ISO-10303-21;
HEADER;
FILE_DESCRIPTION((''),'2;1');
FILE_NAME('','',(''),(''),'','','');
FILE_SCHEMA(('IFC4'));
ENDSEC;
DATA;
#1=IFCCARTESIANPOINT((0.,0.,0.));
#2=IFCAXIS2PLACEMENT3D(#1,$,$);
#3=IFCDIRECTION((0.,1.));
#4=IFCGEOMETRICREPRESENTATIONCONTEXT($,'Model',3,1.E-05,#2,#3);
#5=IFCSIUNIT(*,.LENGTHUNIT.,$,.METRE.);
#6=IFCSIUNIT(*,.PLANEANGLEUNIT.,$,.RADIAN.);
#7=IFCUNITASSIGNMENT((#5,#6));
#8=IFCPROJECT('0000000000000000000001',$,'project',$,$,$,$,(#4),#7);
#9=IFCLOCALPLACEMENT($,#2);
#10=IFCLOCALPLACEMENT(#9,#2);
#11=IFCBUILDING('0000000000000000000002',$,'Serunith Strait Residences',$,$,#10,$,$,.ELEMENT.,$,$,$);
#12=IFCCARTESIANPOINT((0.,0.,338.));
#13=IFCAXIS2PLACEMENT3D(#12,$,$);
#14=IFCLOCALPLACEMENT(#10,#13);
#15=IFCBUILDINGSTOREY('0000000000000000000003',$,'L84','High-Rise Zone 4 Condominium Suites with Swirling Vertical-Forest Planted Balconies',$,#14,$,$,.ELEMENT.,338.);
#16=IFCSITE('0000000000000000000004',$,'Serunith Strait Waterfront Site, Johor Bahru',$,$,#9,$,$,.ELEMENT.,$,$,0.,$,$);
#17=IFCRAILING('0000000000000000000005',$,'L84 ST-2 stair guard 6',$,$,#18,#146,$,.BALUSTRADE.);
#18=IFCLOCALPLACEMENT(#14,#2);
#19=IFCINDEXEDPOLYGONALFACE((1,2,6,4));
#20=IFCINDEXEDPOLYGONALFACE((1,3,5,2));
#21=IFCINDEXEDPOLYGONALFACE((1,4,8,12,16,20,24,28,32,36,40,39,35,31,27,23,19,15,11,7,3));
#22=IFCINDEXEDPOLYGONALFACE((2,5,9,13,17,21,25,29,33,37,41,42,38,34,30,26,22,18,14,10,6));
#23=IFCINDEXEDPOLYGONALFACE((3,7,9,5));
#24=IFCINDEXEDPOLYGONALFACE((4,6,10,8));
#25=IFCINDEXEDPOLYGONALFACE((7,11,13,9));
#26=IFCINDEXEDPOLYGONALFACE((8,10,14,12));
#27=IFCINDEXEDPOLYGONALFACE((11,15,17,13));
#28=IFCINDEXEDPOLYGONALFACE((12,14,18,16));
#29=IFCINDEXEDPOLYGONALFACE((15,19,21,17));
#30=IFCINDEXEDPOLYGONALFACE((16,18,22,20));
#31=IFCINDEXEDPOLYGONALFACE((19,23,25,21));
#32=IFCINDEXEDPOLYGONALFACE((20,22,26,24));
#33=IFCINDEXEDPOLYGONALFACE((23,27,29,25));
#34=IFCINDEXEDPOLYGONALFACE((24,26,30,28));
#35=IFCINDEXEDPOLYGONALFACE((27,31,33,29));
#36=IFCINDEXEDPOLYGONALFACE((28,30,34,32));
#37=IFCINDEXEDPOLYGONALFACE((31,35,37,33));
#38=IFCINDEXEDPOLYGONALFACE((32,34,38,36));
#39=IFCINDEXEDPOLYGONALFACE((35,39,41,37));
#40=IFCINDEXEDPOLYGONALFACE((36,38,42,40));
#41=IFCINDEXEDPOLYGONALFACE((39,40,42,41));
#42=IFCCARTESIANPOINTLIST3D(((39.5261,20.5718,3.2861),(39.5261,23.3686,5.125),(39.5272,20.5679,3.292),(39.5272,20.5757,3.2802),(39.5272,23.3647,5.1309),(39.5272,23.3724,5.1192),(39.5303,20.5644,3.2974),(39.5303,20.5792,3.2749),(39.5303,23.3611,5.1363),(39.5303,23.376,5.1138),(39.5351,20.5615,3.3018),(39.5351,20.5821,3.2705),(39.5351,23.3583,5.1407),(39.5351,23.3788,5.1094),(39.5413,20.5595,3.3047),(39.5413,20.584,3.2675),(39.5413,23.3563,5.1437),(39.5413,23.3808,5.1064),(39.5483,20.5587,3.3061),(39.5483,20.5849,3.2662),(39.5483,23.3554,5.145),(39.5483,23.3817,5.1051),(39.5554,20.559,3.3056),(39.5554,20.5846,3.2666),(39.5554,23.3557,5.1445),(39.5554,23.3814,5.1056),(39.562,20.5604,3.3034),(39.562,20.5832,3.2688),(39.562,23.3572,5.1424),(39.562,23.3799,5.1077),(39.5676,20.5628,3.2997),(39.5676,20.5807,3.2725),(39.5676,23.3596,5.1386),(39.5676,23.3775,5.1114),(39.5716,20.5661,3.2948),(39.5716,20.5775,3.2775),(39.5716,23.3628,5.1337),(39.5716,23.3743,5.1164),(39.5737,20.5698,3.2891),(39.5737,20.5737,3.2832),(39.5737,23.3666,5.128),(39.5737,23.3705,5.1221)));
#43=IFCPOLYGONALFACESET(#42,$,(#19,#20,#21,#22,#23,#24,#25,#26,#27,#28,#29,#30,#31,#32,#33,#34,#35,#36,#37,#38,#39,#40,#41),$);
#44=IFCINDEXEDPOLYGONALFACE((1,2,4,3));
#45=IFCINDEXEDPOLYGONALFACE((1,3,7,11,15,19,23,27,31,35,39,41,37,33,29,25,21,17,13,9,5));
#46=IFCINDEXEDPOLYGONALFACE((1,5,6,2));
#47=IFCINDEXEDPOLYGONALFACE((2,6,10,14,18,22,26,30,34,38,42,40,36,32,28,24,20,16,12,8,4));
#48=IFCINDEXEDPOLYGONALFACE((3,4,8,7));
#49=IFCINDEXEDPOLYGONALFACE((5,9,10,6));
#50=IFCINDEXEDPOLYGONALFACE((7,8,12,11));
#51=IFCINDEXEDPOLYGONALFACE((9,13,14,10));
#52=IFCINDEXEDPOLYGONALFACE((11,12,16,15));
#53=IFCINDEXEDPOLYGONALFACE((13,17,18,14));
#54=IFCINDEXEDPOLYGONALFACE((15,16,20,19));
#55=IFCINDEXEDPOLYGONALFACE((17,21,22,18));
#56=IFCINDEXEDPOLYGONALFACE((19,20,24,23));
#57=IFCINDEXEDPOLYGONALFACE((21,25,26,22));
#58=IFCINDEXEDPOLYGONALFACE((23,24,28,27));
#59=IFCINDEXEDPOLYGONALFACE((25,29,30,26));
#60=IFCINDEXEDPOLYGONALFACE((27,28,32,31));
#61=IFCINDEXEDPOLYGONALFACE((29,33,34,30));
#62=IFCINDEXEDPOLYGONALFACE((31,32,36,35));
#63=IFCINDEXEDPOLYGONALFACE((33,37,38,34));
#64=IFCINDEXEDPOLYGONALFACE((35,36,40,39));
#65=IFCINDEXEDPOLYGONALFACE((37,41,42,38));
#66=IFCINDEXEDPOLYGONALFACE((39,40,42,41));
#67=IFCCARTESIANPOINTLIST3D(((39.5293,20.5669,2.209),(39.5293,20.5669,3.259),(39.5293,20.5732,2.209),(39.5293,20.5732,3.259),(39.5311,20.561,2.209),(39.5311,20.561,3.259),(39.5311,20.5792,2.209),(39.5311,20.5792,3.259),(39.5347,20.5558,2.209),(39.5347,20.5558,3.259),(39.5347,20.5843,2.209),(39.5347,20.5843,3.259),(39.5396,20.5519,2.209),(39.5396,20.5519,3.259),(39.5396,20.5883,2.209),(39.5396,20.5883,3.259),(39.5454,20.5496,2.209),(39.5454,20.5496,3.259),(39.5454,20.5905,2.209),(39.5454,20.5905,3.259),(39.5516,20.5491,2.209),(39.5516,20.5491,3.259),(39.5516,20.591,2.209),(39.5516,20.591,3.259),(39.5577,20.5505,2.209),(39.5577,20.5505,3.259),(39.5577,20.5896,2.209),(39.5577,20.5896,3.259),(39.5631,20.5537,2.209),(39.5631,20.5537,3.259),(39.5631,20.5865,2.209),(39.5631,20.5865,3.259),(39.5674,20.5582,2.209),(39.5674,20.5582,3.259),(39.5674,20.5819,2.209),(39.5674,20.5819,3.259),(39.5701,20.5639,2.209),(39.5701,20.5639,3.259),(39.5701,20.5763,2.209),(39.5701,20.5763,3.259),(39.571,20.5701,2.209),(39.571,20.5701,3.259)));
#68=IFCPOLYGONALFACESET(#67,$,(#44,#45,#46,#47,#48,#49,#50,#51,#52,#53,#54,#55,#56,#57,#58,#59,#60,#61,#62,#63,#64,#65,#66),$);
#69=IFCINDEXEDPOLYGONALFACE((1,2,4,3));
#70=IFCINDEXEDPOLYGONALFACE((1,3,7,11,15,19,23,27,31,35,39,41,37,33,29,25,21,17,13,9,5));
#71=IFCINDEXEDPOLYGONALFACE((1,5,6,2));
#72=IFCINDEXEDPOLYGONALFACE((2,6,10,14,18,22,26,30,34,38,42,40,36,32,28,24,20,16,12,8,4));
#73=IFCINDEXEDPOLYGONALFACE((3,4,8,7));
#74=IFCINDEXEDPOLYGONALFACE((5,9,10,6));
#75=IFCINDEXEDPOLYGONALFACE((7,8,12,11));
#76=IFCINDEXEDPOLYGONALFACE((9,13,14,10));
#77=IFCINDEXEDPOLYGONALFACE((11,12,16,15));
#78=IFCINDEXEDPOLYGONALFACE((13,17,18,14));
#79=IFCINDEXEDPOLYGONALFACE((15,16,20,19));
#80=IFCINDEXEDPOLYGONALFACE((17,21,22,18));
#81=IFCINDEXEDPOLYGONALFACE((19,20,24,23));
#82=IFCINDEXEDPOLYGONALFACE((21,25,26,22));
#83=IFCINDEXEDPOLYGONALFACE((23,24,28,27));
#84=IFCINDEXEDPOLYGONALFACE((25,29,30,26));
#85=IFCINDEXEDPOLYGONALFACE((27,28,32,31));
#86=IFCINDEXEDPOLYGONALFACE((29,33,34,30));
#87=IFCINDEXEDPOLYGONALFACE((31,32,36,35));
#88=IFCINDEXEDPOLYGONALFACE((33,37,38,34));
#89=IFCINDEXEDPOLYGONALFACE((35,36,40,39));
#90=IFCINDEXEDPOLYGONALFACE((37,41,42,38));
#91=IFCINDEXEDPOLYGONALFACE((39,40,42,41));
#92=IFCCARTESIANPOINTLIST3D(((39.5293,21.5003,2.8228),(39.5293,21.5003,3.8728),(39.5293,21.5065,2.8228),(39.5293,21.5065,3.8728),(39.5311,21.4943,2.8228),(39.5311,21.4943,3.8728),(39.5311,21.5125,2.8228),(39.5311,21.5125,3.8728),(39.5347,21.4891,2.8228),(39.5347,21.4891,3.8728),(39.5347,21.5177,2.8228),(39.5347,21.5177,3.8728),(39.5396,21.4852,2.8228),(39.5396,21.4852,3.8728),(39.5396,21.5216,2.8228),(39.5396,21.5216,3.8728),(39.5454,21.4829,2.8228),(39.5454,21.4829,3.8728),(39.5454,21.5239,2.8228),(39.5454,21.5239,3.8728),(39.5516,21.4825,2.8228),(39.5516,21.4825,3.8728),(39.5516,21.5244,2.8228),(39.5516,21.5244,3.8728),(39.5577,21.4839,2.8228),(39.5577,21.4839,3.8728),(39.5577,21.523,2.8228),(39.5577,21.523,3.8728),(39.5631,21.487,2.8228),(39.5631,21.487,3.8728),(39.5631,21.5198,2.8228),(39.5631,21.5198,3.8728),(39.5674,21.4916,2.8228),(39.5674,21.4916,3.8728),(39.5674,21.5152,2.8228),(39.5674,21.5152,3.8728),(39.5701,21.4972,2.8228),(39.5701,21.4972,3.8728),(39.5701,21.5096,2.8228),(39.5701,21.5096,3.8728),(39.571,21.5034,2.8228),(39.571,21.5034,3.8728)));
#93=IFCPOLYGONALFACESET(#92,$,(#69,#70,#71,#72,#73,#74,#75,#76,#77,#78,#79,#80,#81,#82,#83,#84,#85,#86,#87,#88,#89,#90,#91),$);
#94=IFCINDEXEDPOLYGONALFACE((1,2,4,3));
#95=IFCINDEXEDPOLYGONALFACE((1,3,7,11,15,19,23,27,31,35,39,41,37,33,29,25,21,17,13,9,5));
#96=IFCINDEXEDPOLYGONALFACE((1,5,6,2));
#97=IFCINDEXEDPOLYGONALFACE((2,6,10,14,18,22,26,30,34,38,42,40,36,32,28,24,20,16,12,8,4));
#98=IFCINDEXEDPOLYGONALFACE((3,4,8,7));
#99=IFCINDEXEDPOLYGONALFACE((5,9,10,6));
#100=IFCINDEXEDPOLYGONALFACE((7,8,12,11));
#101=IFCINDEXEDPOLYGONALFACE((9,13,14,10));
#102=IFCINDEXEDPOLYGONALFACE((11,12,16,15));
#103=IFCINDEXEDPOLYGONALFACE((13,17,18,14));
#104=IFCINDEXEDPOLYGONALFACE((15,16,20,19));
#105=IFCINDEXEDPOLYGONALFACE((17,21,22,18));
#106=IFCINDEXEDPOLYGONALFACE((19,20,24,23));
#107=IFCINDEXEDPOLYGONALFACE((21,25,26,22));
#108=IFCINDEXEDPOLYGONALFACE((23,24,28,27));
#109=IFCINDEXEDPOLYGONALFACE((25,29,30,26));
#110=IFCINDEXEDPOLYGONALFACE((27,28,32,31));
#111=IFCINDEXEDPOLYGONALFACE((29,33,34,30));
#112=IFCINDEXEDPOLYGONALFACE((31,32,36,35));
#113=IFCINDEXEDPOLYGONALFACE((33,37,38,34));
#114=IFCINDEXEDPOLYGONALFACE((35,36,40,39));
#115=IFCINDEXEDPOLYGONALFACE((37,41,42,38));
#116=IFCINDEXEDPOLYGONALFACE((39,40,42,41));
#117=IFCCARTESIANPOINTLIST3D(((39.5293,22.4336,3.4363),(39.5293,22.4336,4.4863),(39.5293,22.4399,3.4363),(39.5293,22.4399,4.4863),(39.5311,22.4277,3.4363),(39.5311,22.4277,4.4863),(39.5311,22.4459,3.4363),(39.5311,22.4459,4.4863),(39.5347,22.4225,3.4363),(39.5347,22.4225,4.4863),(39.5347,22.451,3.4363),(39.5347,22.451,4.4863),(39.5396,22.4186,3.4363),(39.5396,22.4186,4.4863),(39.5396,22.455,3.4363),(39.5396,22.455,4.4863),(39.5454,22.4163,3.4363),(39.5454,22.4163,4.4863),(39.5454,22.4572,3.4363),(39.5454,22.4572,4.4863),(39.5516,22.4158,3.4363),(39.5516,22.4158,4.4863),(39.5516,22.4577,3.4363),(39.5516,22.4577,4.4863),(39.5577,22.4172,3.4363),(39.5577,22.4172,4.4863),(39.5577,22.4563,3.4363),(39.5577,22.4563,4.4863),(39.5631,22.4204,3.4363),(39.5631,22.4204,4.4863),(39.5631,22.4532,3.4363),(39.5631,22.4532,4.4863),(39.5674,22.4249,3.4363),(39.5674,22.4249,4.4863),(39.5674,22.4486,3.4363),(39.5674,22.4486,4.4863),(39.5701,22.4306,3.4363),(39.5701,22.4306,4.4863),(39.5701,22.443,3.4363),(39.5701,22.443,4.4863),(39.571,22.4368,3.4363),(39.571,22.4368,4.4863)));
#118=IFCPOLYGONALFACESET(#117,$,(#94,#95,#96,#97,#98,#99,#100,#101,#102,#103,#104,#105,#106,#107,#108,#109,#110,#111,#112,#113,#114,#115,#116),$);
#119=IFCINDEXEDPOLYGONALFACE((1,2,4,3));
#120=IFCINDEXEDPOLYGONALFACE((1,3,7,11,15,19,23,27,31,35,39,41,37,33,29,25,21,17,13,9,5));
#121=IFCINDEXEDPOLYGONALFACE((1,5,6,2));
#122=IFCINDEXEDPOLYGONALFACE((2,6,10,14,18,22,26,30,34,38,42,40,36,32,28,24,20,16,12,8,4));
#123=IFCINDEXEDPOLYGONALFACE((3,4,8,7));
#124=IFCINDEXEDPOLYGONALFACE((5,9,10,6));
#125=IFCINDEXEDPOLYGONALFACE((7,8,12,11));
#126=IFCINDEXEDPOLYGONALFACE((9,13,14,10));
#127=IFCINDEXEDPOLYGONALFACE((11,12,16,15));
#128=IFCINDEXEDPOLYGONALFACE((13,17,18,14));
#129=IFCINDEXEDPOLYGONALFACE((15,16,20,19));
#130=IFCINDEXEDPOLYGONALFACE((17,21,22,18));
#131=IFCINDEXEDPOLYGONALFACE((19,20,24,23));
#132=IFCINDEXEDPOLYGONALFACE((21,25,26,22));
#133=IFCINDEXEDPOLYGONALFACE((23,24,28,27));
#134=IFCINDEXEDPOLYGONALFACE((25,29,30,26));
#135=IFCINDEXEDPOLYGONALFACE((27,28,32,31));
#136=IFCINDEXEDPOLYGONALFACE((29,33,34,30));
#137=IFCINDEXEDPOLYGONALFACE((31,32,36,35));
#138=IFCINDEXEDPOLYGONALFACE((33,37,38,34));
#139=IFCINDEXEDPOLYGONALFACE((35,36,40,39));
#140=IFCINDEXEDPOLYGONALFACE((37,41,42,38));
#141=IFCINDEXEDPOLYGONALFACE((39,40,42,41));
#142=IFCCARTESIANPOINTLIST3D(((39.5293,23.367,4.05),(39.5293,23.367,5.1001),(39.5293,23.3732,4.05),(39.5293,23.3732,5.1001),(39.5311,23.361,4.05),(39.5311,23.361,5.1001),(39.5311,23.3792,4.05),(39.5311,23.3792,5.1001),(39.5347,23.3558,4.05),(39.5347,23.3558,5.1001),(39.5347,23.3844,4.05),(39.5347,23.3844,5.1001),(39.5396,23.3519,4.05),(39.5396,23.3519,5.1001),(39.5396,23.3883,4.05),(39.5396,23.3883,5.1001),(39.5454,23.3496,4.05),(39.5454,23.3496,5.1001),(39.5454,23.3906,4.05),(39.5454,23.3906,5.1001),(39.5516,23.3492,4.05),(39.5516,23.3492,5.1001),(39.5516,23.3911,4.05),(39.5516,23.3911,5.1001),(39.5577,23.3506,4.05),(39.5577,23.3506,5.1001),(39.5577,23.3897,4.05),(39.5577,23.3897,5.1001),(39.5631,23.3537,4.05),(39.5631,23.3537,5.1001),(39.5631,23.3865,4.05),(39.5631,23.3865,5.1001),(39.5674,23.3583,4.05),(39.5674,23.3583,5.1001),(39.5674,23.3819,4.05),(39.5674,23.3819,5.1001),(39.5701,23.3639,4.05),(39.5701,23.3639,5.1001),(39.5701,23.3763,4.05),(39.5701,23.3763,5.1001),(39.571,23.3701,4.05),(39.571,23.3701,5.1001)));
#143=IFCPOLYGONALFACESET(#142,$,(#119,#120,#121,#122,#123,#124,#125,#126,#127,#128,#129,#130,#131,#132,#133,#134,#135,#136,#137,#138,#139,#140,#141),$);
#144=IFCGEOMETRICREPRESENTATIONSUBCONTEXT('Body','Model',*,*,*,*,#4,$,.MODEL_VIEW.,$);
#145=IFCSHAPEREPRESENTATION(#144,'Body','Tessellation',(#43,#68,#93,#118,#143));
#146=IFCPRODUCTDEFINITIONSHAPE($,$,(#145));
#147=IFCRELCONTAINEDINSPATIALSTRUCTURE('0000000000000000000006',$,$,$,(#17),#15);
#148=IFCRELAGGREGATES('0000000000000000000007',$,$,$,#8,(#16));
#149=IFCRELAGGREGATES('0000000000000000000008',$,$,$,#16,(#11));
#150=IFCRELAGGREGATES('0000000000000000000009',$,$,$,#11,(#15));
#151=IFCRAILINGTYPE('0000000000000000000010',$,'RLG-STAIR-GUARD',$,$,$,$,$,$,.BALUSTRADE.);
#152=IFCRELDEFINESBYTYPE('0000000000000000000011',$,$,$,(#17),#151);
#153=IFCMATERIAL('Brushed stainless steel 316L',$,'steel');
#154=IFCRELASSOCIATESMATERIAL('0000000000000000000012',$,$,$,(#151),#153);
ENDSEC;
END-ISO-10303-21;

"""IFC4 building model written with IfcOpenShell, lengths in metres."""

from ifc_helpers import new_model, si_unit, direction, frame, origin, origin_2d, place, context, subcontext, project, spatial, circle, extrude, material, type_object, element, save


model = new_model("IFC4")

# Units and contexts
model_context = context("Model", 3, precision=1e-05, world=origin(), true_north=direction((0.0, 1.0)))
body_context = subcontext(model_context, "Body", "Model", "MODEL_VIEW")
ifc_project = project(units=[si_unit("LENGTHUNIT", "METRE"), si_unit("PLANEANGLEUNIT", "RADIAN")], contexts=[model_context])

# Site, building, storey
site_placement = place(None, origin())
site = spatial("IfcSite", under=ifc_project, at=site_placement, Name="Serunith Strait Waterfront Site, Johor Bahru", CompositionType="ELEMENT", RefElevation=0.0)
building_placement = place(site_placement, origin())
building = spatial("IfcBuilding", under=site, at=building_placement, Name="Serunith Strait Residences", CompositionType="ELEMENT")
storey_placement = place(building_placement, frame((0.0, 0.0, 338.0)))
storey = spatial("IfcBuildingStorey", under=building, at=storey_placement, Name="L84", Description="High-Rise Zone 4 Condominium Suites with Swirling Vertical-Forest Planted Balconies", CompositionType="ELEMENT", Elevation=338.0)

# Railing
ifc_material_1 = material(Name="Brushed stainless steel 316L", Category="steel")
railing_type_1 = type_object("IfcRailingType", Name="RLG-STAIR-GUARD", PredefinedType="BALUSTRADE", material=ifc_material_1)
railing_1_placement = place(storey_placement, frame((39.55, 20.5701, 2.209)))
element("IfcRailing", 1, at=railing_1_placement, inside=storey, type_object=railing_type_1, Name="L84 ST-2 stair guard 6", PredefinedType="BALUSTRADE", context=body_context, shape_type="SweptSolid", body=[
    extrude(circle(Radius=0.0239, at=origin_2d()), frame((0.0, 0.0017, 1.0771), z_axis=(0.0, 0.835564, 0.549393), x_axis=(-1.0, 0.0, 0.0)), (0.0, 0.0, 1.0), 3.3472),
    extrude(circle(Radius=0.021, at=origin_2d()), origin(), (0.0, 0.0, 1.0), 1.05),
    extrude(circle(Radius=0.021, at=origin_2d()), frame((0.0, 0.9333, 0.6138)), (0.0, 0.0, 1.0), 1.05),
    extrude(circle(Radius=0.021, at=origin_2d()), frame((0.0, 1.8667, 1.2273)), (0.0, 0.0, 1.0), 1.05),
    extrude(circle(Radius=0.021, at=origin_2d()), frame((0.0, 2.8, 1.8411)), (0.0, 0.0, 1.0), 1.05),
])

save(model, "model.ifc")
